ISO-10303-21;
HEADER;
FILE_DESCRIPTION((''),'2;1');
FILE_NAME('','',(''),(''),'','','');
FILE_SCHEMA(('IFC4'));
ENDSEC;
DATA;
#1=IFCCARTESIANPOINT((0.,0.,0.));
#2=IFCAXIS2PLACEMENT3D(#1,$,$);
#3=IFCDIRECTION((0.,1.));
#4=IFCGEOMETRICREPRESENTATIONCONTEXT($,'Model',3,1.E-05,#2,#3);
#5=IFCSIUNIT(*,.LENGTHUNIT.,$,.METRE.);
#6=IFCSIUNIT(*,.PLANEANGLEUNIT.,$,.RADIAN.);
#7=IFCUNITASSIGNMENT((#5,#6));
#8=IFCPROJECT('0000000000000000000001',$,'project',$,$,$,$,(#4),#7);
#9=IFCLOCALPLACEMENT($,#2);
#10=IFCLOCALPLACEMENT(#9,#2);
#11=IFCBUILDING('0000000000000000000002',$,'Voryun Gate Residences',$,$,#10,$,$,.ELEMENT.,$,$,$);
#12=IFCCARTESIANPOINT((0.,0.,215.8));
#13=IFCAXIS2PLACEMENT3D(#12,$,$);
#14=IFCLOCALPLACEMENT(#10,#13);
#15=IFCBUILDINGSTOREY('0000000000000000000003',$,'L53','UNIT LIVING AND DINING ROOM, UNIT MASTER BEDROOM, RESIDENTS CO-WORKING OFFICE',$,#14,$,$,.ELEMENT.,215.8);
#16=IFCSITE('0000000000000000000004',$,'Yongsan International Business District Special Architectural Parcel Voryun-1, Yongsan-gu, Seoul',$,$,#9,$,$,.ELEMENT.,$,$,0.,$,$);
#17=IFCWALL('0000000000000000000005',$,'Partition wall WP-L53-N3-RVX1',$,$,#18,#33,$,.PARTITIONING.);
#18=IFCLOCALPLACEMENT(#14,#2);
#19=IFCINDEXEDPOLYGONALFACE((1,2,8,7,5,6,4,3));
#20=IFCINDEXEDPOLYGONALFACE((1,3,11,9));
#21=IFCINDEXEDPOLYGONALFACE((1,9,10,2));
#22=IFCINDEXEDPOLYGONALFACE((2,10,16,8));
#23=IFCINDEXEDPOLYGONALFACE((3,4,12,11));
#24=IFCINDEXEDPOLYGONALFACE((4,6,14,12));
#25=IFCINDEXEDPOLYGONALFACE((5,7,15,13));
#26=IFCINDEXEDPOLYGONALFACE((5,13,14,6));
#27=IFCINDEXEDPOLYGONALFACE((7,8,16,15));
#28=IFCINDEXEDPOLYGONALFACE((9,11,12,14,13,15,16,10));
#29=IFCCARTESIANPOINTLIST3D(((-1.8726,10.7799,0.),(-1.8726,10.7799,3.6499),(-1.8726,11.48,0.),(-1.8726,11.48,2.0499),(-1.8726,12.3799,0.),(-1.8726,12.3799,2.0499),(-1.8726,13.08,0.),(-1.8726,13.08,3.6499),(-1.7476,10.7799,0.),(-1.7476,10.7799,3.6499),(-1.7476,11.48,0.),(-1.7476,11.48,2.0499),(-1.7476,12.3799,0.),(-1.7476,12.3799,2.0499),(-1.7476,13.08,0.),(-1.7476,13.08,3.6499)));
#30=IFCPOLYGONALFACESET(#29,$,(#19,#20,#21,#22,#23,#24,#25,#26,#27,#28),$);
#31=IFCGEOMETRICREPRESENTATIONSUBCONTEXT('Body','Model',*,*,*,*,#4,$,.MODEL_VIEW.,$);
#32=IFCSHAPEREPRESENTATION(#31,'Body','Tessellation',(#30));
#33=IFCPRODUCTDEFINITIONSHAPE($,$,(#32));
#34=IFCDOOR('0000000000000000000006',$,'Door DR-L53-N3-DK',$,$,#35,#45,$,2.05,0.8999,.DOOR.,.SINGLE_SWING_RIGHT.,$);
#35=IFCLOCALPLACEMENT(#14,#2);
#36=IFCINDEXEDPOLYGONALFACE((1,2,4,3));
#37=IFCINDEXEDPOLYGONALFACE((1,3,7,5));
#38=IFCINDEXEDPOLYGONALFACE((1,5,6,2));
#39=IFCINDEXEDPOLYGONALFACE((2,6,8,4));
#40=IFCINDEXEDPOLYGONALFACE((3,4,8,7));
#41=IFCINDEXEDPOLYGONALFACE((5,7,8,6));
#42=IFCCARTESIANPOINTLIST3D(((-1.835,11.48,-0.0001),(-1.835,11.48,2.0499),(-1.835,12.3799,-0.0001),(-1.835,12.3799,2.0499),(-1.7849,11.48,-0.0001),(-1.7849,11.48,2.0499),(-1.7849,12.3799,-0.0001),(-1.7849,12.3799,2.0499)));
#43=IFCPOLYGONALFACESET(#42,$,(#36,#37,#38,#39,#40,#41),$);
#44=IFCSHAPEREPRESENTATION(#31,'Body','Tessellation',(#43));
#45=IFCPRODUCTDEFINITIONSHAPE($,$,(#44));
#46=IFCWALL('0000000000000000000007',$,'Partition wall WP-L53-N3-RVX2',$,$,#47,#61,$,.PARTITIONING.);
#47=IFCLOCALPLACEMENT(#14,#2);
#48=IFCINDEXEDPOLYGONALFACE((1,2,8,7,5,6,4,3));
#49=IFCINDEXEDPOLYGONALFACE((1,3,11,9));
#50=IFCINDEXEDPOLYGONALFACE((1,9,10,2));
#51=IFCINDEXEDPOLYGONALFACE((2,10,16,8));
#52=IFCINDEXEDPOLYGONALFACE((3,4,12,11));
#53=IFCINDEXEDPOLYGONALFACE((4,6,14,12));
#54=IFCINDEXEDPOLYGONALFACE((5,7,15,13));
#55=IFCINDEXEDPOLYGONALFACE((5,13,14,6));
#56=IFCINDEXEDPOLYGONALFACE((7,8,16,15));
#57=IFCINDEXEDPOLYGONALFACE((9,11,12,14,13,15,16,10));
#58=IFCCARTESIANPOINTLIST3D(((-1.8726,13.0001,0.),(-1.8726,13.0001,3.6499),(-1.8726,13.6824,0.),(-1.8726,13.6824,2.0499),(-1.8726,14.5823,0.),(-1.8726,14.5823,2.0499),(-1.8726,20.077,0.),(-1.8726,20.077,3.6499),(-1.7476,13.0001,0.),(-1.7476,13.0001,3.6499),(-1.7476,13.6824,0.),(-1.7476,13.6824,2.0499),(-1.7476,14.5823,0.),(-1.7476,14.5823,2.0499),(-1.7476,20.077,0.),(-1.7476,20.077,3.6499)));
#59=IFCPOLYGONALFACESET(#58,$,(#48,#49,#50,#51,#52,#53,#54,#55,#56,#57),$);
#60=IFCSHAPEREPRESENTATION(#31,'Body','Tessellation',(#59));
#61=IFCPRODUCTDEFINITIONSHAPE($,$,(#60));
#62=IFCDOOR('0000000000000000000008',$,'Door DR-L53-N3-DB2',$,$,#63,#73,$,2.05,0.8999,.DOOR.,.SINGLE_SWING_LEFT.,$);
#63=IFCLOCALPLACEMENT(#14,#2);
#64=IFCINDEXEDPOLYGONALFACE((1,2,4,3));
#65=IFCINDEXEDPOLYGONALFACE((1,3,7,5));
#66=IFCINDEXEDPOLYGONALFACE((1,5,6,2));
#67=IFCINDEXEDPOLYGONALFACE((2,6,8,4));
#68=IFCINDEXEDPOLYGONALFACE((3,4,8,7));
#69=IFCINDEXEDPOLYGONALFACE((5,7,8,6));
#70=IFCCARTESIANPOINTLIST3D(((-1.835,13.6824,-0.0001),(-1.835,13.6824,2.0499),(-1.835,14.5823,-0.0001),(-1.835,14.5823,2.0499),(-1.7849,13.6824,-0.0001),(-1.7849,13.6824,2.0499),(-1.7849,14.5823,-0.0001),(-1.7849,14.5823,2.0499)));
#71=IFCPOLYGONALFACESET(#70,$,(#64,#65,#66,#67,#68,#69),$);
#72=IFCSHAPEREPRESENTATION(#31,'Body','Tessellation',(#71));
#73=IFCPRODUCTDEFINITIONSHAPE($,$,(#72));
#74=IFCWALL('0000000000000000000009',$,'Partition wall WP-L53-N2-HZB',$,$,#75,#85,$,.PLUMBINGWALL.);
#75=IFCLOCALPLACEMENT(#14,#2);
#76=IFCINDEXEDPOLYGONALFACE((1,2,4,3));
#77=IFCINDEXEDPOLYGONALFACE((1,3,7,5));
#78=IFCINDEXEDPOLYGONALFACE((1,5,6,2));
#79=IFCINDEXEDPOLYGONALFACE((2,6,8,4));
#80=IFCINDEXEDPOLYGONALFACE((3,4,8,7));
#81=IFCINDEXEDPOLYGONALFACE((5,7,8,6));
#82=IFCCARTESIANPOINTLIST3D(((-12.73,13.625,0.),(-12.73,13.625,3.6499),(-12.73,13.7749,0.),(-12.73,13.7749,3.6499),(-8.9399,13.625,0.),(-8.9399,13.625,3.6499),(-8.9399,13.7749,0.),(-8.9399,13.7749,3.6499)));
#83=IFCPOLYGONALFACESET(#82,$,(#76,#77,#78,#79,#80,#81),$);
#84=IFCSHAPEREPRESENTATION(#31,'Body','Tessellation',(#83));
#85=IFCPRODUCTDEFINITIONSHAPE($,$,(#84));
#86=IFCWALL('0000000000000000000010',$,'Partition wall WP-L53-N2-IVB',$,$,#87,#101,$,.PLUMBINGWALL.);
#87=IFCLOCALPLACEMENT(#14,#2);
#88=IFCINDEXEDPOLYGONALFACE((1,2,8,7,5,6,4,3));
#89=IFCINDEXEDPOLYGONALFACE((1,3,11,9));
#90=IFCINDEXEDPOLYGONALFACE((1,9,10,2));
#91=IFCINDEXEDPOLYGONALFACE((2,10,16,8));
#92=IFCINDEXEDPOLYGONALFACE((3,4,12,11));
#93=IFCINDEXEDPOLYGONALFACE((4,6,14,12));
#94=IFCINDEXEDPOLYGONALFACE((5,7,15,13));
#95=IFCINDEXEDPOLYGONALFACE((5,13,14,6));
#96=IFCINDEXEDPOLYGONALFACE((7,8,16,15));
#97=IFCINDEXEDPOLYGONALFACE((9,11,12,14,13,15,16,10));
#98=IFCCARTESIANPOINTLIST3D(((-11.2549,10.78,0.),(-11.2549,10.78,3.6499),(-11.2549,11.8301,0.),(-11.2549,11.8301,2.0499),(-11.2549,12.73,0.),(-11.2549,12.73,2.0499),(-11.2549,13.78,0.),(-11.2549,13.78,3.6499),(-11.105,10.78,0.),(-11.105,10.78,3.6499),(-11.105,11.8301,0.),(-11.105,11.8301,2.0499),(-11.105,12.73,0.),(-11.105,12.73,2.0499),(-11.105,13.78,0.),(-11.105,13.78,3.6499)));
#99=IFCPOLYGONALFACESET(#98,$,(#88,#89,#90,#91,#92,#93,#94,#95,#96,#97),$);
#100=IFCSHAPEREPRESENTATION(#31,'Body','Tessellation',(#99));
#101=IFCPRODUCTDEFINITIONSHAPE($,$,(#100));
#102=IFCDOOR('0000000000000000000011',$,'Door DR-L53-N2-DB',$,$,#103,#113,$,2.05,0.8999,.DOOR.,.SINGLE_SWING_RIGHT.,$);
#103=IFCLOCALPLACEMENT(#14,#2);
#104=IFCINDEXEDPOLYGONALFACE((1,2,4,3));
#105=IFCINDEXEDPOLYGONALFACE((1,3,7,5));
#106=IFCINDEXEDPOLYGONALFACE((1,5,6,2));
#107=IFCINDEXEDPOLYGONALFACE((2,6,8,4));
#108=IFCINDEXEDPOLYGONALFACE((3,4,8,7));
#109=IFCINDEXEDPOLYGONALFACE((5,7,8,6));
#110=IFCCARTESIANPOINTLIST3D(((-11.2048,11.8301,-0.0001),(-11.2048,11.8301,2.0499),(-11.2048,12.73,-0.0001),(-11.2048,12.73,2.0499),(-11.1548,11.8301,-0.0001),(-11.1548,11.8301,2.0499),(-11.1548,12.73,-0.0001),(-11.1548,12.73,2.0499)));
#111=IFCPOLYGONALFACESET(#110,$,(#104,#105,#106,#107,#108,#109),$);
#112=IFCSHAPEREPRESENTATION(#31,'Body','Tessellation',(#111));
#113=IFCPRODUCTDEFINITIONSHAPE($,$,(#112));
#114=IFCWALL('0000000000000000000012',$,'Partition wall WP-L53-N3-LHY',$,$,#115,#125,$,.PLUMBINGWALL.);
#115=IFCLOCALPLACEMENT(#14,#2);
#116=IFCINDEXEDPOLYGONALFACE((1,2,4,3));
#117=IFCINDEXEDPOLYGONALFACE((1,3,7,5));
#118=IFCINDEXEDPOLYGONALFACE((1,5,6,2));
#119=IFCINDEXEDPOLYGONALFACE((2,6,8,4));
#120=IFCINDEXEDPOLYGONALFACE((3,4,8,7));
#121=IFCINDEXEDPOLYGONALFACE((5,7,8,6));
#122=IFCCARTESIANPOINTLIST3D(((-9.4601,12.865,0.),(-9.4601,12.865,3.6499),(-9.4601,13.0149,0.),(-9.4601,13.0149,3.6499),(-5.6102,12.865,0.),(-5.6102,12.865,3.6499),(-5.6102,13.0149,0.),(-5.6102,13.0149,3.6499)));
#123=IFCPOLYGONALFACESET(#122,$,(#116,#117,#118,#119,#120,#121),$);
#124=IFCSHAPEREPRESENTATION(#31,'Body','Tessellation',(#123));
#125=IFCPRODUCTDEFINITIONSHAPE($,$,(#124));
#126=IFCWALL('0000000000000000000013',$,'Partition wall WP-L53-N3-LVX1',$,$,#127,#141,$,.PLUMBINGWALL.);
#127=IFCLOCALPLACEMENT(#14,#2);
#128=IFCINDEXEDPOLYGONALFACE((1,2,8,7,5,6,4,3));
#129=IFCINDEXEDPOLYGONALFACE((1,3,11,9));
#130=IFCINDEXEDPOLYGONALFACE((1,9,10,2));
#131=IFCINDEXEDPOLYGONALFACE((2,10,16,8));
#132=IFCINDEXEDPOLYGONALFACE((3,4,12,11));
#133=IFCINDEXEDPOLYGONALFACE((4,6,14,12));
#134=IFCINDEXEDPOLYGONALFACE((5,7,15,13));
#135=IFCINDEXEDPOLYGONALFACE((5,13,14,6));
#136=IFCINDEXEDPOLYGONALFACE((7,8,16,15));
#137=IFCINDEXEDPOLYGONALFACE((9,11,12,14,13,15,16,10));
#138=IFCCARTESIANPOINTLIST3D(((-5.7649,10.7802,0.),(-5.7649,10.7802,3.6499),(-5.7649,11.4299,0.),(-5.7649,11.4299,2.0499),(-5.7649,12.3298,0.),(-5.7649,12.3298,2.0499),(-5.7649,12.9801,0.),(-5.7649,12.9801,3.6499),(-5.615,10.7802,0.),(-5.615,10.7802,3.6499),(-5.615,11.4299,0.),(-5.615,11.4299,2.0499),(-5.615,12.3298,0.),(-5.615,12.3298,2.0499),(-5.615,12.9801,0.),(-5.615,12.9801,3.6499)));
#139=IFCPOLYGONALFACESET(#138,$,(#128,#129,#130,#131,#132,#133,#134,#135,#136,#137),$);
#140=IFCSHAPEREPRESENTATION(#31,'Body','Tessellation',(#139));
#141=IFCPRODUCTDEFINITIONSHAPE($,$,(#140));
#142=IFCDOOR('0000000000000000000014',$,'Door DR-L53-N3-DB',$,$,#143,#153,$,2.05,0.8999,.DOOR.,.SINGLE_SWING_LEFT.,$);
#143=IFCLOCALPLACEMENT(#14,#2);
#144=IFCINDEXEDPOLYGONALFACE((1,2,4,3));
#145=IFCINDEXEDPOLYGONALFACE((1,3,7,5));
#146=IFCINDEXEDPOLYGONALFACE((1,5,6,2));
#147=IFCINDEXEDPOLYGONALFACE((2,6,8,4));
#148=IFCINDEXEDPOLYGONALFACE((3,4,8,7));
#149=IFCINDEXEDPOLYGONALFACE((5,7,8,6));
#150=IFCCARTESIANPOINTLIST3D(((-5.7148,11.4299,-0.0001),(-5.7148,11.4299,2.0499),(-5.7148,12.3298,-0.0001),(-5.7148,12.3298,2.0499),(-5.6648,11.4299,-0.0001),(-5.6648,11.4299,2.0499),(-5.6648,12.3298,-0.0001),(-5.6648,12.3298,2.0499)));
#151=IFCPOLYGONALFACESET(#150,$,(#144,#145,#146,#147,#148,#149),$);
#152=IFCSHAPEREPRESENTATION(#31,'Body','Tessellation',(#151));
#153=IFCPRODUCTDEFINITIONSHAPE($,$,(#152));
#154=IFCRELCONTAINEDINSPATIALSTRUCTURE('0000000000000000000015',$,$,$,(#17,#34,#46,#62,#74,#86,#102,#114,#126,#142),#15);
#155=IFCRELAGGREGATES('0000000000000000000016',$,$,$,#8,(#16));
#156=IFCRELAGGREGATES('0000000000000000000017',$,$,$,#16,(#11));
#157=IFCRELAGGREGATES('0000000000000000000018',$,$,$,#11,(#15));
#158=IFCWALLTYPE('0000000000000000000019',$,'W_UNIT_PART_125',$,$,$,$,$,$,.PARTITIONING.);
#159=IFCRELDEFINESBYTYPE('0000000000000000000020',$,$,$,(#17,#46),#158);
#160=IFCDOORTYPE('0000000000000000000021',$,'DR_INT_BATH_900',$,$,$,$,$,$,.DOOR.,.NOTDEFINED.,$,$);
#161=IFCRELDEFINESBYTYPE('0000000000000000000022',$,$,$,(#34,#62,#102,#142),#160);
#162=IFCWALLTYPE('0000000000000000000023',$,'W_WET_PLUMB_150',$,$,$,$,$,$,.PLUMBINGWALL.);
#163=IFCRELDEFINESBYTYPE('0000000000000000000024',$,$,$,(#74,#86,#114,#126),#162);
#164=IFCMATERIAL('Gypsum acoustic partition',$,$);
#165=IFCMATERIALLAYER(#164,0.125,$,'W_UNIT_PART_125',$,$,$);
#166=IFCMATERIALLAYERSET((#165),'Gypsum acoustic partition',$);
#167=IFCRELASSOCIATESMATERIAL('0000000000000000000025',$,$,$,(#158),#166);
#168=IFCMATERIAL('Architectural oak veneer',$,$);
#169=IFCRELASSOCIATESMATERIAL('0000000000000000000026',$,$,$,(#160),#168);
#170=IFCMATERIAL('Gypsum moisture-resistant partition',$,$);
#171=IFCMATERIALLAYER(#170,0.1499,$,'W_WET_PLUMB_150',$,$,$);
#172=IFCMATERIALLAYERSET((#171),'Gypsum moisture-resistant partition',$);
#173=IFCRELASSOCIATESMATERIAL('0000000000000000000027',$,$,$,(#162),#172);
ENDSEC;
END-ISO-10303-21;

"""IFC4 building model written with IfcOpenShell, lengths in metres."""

from ifc_helpers import new_model, si_unit, direction, frame, frame_2d, origin, place, context, subcontext, project, spatial, rectangle, extrude, material, layer, layer_set, type_object, element, fill, save


model = new_model("IFC4")

# Units and contexts
model_context = context("Model", 3, precision=1e-05, world=origin(), true_north=direction((0.0, 1.0)))
body_context = subcontext(model_context, "Body", "Model", "MODEL_VIEW")
ifc_project = project(units=[si_unit("LENGTHUNIT", "METRE"), si_unit("PLANEANGLEUNIT", "RADIAN")], contexts=[model_context])

# Site, building, storey
site_placement = place(None, origin())
site = spatial("IfcSite", under=ifc_project, at=site_placement, Name="Yongsan International Business District Special Architectural Parcel Voryun-1, Yongsan-gu, Seoul", CompositionType="ELEMENT", RefElevation=0.0)
building_placement = place(site_placement, origin())
building = spatial("IfcBuilding", under=site, at=building_placement, Name="Voryun Gate Residences", CompositionType="ELEMENT")
storey_placement = place(building_placement, frame((0.0, 0.0, 215.8)))
storey = spatial("IfcBuildingStorey", under=building, at=storey_placement, Name="L53", Description="UNIT LIVING AND DINING ROOM, UNIT MASTER BEDROOM, RESIDENTS CO-WORKING OFFICE", CompositionType="ELEMENT", Elevation=215.8)

# Shared definitions
ifc_material_1 = material(Name="Gypsum acoustic partition")
ifc_layer_1 = layer(ifc_material_1, 0.125, Name="W_UNIT_PART_125")
ifc_layer_set_1 = layer_set([ifc_layer_1], Name="Gypsum acoustic partition")
wall_type_1 = type_object("IfcWallType", Name="W_UNIT_PART_125", PredefinedType="PARTITIONING", material=ifc_layer_set_1)
ifc_material_2 = material(Name="Architectural oak veneer")
door_type_1 = type_object("IfcDoorType", Name="DR_INT_BATH_900", OperationType="NOTDEFINED", PredefinedType="DOOR", material=ifc_material_2)

# Walls, openings, doors
wall_1_placement = place(storey_placement, frame((-1.8101, 10.78, 0.0), z_axis=(0.0, 0.0, 1.0), x_axis=(0.0, 1.0, 0.0)))
wall_1 = element("IfcWall", 1, at=wall_1_placement, inside=storey, type_object=wall_type_1, Name="Partition wall WP-L53-N3-RVX1", PredefinedType="PARTITIONING", context=body_context, shape_type="SweptSolid", body=[
    extrude(rectangle(XDim=2.3, YDim=0.125, at=frame_2d((1.1499, 0.0))), origin(), (0.0, 0.0, 1.0), 3.6499),
])
opening_1_placement = place(wall_1_placement, frame((0.7, 0.0, 0.0)))
opening_1 = element("IfcOpeningElement", 2, at=opening_1_placement, cuts=wall_1, PredefinedType="OPENING", context=body_context, shape_type="SweptSolid", body=[
    extrude(rectangle(XDim=0.8999, YDim=2.05, at=frame_2d((0.45, 1.0249))), frame((0.0, 0.0725, 0.0), z_axis=(0.0, -1.0, 0.0), x_axis=(1.0, 0.0, 0.0)), (0.0, 0.0, 1.0), 0.145),
])
door_1_placement = place(opening_1_placement, origin())
door_1 = element("IfcDoor", 3, at=door_1_placement, inside=storey, type_object=door_type_1, Name="Door DR-L53-N3-DK", OperationType="SINGLE_SWING_RIGHT", OverallHeight=2.05, OverallWidth=0.8999, PredefinedType="DOOR", context=body_context, shape_type="SweptSolid", body=[
    extrude(rectangle(XDim=0.8999, YDim=2.05, at=frame_2d((0.45, 1.0249))), frame((0.0, 0.0249, 0.0), z_axis=(0.0, -1.0, 0.0), x_axis=(1.0, 0.0, 0.0)), (0.0, 0.0, 1.0), 0.05),
])
fill(opening_1, door_1)
wall_2_placement = place(storey_placement, frame((-1.8101, 13.0, 0.0), z_axis=(0.0, 0.0, 1.0), x_axis=(0.0, 1.0, 0.0)))
wall_2 = element("IfcWall", 4, at=wall_2_placement, inside=storey, type_object=wall_type_1, Name="Partition wall WP-L53-N3-RVX2", PredefinedType="PARTITIONING", context=body_context, shape_type="SweptSolid", body=[
    extrude(rectangle(XDim=7.0769, YDim=0.125, at=frame_2d((3.5386, 0.0))), origin(), (0.0, 0.0, 1.0), 3.6499),
])
opening_2_placement = place(wall_2_placement, frame((0.6824, 0.0, 0.0)))
opening_2 = element("IfcOpeningElement", 5, at=opening_2_placement, cuts=wall_2, PredefinedType="OPENING", context=body_context, shape_type="SweptSolid", body=[
    extrude(rectangle(XDim=0.8999, YDim=2.05, at=frame_2d((0.45, 1.0249))), frame((0.0, 0.0725, 0.0), z_axis=(0.0, -1.0, 0.0), x_axis=(1.0, 0.0, 0.0)), (0.0, 0.0, 1.0), 0.145),
])
door_2_placement = place(opening_2_placement, origin())
door_2 = element("IfcDoor", 6, at=door_2_placement, inside=storey, type_object=door_type_1, Name="Door DR-L53-N3-DB2", OperationType="SINGLE_SWING_LEFT", OverallHeight=2.05, OverallWidth=0.8999, PredefinedType="DOOR", context=body_context, shape_type="SweptSolid", body=[
    extrude(rectangle(XDim=0.8999, YDim=2.05, at=frame_2d((0.45, 1.0249))), frame((0.0, 0.0249, 0.0), z_axis=(0.0, -1.0, 0.0), x_axis=(1.0, 0.0, 0.0)), (0.0, 0.0, 1.0), 0.05),
])
fill(opening_2, door_2)

# Wall
ifc_material_3 = material(Name="Gypsum moisture-resistant partition")
ifc_layer_2 = layer(ifc_material_3, 0.1499, Name="W_WET_PLUMB_150")
ifc_layer_set_2 = layer_set([ifc_layer_2], Name="Gypsum moisture-resistant partition")
wall_type_2 = type_object("IfcWallType", Name="W_WET_PLUMB_150", PredefinedType="PLUMBINGWALL", material=ifc_layer_set_2)
wall_3_placement = place(storey_placement, frame((-12.73, 13.7, 0.0), z_axis=(0.0, 0.0, 1.0), x_axis=(1.0, 0.0, 0.0)))
element("IfcWall", 7, at=wall_3_placement, inside=storey, type_object=wall_type_2, Name="Partition wall WP-L53-N2-HZB", PredefinedType="PLUMBINGWALL", context=body_context, shape_type="SweptSolid", body=[
    extrude(rectangle(XDim=3.79, YDim=0.1499, at=frame_2d((1.895, 0.0))), origin(), (0.0, 0.0, 1.0), 3.6499),
])

# Wall, opening, door
wall_4_placement = place(storey_placement, frame((-11.1799, 10.78, 0.0), z_axis=(0.0, 0.0, 1.0), x_axis=(0.0, 1.0, 0.0)))
wall_4 = element("IfcWall", 8, at=wall_4_placement, inside=storey, type_object=wall_type_2, Name="Partition wall WP-L53-N2-IVB", PredefinedType="PLUMBINGWALL", context=body_context, shape_type="SweptSolid", body=[
    extrude(rectangle(XDim=3.0, YDim=0.1499, at=frame_2d((1.5, 0.0))), origin(), (0.0, 0.0, 1.0), 3.6499),
])
opening_3_placement = place(wall_4_placement, frame((1.05, 0.0, 0.0)))
opening_3 = element("IfcOpeningElement", 9, at=opening_3_placement, cuts=wall_4, PredefinedType="OPENING", context=body_context, shape_type="SweptSolid", body=[
    extrude(rectangle(XDim=0.8999, YDim=2.05, at=frame_2d((0.45, 1.0249))), frame((0.0, 0.085, 0.0), z_axis=(0.0, -1.0, 0.0), x_axis=(1.0, 0.0, 0.0)), (0.0, 0.0, 1.0), 0.1699),
])
door_3_placement = place(opening_3_placement, origin())
door_3 = element("IfcDoor", 10, at=door_3_placement, inside=storey, type_object=door_type_1, Name="Door DR-L53-N2-DB", OperationType="SINGLE_SWING_RIGHT", OverallHeight=2.05, OverallWidth=0.8999, PredefinedType="DOOR", context=body_context, shape_type="SweptSolid", body=[
    extrude(rectangle(XDim=0.8999, YDim=2.05, at=frame_2d((0.45, 1.0249))), frame((0.0, 0.0249, 0.0), z_axis=(0.0, -1.0, 0.0), x_axis=(1.0, 0.0, 0.0)), (0.0, 0.0, 1.0), 0.05),
])
fill(opening_3, door_3)

# Wall
wall_5_placement = place(storey_placement, frame((-9.46, 12.9399, 0.0), z_axis=(0.0, 0.0, 1.0), x_axis=(1.0, 0.0, 0.0)))
element("IfcWall", 11, at=wall_5_placement, inside=storey, type_object=wall_type_2, Name="Partition wall WP-L53-N3-LHY", PredefinedType="PLUMBINGWALL", context=body_context, shape_type="SweptSolid", body=[
    extrude(rectangle(XDim=3.8499, YDim=0.1499, at=frame_2d((1.9248, 0.0))), origin(), (0.0, 0.0, 1.0), 3.6499),
])

# Wall, opening, door
wall_6_placement = place(storey_placement, frame((-5.6899, 10.78, 0.0), z_axis=(0.0, 0.0, 1.0), x_axis=(0.0, 1.0, 0.0)))
wall_6 = element("IfcWall", 12, at=wall_6_placement, inside=storey, type_object=wall_type_2, Name="Partition wall WP-L53-N3-LVX1", PredefinedType="PLUMBINGWALL", context=body_context, shape_type="SweptSolid", body=[
    extrude(rectangle(XDim=2.2, YDim=0.1499, at=frame_2d((1.1001, 0.0))), origin(), (0.0, 0.0, 1.0), 3.6499),
])
opening_4_placement = place(wall_6_placement, frame((0.6499, 0.0, 0.0)))
opening_4 = element("IfcOpeningElement", 13, at=opening_4_placement, cuts=wall_6, PredefinedType="OPENING", context=body_context, shape_type="SweptSolid", body=[
    extrude(rectangle(XDim=0.8999, YDim=2.05, at=frame_2d((0.45, 1.0249))), frame((0.0, 0.085, 0.0), z_axis=(0.0, -1.0, 0.0), x_axis=(1.0, 0.0, 0.0)), (0.0, 0.0, 1.0), 0.1699),
])
door_4_placement = place(opening_4_placement, origin())
door_4 = element("IfcDoor", 14, at=door_4_placement, inside=storey, type_object=door_type_1, Name="Door DR-L53-N3-DB", OperationType="SINGLE_SWING_LEFT", OverallHeight=2.05, OverallWidth=0.8999, PredefinedType="DOOR", context=body_context, shape_type="SweptSolid", body=[
    extrude(rectangle(XDim=0.8999, YDim=2.05, at=frame_2d((0.45, 1.0249))), frame((0.0, 0.0249, 0.0), z_axis=(0.0, -1.0, 0.0), x_axis=(1.0, 0.0, 0.0)), (0.0, 0.0, 1.0), 0.05),
])
fill(opening_4, door_4)

save(model, "model.ifc")
